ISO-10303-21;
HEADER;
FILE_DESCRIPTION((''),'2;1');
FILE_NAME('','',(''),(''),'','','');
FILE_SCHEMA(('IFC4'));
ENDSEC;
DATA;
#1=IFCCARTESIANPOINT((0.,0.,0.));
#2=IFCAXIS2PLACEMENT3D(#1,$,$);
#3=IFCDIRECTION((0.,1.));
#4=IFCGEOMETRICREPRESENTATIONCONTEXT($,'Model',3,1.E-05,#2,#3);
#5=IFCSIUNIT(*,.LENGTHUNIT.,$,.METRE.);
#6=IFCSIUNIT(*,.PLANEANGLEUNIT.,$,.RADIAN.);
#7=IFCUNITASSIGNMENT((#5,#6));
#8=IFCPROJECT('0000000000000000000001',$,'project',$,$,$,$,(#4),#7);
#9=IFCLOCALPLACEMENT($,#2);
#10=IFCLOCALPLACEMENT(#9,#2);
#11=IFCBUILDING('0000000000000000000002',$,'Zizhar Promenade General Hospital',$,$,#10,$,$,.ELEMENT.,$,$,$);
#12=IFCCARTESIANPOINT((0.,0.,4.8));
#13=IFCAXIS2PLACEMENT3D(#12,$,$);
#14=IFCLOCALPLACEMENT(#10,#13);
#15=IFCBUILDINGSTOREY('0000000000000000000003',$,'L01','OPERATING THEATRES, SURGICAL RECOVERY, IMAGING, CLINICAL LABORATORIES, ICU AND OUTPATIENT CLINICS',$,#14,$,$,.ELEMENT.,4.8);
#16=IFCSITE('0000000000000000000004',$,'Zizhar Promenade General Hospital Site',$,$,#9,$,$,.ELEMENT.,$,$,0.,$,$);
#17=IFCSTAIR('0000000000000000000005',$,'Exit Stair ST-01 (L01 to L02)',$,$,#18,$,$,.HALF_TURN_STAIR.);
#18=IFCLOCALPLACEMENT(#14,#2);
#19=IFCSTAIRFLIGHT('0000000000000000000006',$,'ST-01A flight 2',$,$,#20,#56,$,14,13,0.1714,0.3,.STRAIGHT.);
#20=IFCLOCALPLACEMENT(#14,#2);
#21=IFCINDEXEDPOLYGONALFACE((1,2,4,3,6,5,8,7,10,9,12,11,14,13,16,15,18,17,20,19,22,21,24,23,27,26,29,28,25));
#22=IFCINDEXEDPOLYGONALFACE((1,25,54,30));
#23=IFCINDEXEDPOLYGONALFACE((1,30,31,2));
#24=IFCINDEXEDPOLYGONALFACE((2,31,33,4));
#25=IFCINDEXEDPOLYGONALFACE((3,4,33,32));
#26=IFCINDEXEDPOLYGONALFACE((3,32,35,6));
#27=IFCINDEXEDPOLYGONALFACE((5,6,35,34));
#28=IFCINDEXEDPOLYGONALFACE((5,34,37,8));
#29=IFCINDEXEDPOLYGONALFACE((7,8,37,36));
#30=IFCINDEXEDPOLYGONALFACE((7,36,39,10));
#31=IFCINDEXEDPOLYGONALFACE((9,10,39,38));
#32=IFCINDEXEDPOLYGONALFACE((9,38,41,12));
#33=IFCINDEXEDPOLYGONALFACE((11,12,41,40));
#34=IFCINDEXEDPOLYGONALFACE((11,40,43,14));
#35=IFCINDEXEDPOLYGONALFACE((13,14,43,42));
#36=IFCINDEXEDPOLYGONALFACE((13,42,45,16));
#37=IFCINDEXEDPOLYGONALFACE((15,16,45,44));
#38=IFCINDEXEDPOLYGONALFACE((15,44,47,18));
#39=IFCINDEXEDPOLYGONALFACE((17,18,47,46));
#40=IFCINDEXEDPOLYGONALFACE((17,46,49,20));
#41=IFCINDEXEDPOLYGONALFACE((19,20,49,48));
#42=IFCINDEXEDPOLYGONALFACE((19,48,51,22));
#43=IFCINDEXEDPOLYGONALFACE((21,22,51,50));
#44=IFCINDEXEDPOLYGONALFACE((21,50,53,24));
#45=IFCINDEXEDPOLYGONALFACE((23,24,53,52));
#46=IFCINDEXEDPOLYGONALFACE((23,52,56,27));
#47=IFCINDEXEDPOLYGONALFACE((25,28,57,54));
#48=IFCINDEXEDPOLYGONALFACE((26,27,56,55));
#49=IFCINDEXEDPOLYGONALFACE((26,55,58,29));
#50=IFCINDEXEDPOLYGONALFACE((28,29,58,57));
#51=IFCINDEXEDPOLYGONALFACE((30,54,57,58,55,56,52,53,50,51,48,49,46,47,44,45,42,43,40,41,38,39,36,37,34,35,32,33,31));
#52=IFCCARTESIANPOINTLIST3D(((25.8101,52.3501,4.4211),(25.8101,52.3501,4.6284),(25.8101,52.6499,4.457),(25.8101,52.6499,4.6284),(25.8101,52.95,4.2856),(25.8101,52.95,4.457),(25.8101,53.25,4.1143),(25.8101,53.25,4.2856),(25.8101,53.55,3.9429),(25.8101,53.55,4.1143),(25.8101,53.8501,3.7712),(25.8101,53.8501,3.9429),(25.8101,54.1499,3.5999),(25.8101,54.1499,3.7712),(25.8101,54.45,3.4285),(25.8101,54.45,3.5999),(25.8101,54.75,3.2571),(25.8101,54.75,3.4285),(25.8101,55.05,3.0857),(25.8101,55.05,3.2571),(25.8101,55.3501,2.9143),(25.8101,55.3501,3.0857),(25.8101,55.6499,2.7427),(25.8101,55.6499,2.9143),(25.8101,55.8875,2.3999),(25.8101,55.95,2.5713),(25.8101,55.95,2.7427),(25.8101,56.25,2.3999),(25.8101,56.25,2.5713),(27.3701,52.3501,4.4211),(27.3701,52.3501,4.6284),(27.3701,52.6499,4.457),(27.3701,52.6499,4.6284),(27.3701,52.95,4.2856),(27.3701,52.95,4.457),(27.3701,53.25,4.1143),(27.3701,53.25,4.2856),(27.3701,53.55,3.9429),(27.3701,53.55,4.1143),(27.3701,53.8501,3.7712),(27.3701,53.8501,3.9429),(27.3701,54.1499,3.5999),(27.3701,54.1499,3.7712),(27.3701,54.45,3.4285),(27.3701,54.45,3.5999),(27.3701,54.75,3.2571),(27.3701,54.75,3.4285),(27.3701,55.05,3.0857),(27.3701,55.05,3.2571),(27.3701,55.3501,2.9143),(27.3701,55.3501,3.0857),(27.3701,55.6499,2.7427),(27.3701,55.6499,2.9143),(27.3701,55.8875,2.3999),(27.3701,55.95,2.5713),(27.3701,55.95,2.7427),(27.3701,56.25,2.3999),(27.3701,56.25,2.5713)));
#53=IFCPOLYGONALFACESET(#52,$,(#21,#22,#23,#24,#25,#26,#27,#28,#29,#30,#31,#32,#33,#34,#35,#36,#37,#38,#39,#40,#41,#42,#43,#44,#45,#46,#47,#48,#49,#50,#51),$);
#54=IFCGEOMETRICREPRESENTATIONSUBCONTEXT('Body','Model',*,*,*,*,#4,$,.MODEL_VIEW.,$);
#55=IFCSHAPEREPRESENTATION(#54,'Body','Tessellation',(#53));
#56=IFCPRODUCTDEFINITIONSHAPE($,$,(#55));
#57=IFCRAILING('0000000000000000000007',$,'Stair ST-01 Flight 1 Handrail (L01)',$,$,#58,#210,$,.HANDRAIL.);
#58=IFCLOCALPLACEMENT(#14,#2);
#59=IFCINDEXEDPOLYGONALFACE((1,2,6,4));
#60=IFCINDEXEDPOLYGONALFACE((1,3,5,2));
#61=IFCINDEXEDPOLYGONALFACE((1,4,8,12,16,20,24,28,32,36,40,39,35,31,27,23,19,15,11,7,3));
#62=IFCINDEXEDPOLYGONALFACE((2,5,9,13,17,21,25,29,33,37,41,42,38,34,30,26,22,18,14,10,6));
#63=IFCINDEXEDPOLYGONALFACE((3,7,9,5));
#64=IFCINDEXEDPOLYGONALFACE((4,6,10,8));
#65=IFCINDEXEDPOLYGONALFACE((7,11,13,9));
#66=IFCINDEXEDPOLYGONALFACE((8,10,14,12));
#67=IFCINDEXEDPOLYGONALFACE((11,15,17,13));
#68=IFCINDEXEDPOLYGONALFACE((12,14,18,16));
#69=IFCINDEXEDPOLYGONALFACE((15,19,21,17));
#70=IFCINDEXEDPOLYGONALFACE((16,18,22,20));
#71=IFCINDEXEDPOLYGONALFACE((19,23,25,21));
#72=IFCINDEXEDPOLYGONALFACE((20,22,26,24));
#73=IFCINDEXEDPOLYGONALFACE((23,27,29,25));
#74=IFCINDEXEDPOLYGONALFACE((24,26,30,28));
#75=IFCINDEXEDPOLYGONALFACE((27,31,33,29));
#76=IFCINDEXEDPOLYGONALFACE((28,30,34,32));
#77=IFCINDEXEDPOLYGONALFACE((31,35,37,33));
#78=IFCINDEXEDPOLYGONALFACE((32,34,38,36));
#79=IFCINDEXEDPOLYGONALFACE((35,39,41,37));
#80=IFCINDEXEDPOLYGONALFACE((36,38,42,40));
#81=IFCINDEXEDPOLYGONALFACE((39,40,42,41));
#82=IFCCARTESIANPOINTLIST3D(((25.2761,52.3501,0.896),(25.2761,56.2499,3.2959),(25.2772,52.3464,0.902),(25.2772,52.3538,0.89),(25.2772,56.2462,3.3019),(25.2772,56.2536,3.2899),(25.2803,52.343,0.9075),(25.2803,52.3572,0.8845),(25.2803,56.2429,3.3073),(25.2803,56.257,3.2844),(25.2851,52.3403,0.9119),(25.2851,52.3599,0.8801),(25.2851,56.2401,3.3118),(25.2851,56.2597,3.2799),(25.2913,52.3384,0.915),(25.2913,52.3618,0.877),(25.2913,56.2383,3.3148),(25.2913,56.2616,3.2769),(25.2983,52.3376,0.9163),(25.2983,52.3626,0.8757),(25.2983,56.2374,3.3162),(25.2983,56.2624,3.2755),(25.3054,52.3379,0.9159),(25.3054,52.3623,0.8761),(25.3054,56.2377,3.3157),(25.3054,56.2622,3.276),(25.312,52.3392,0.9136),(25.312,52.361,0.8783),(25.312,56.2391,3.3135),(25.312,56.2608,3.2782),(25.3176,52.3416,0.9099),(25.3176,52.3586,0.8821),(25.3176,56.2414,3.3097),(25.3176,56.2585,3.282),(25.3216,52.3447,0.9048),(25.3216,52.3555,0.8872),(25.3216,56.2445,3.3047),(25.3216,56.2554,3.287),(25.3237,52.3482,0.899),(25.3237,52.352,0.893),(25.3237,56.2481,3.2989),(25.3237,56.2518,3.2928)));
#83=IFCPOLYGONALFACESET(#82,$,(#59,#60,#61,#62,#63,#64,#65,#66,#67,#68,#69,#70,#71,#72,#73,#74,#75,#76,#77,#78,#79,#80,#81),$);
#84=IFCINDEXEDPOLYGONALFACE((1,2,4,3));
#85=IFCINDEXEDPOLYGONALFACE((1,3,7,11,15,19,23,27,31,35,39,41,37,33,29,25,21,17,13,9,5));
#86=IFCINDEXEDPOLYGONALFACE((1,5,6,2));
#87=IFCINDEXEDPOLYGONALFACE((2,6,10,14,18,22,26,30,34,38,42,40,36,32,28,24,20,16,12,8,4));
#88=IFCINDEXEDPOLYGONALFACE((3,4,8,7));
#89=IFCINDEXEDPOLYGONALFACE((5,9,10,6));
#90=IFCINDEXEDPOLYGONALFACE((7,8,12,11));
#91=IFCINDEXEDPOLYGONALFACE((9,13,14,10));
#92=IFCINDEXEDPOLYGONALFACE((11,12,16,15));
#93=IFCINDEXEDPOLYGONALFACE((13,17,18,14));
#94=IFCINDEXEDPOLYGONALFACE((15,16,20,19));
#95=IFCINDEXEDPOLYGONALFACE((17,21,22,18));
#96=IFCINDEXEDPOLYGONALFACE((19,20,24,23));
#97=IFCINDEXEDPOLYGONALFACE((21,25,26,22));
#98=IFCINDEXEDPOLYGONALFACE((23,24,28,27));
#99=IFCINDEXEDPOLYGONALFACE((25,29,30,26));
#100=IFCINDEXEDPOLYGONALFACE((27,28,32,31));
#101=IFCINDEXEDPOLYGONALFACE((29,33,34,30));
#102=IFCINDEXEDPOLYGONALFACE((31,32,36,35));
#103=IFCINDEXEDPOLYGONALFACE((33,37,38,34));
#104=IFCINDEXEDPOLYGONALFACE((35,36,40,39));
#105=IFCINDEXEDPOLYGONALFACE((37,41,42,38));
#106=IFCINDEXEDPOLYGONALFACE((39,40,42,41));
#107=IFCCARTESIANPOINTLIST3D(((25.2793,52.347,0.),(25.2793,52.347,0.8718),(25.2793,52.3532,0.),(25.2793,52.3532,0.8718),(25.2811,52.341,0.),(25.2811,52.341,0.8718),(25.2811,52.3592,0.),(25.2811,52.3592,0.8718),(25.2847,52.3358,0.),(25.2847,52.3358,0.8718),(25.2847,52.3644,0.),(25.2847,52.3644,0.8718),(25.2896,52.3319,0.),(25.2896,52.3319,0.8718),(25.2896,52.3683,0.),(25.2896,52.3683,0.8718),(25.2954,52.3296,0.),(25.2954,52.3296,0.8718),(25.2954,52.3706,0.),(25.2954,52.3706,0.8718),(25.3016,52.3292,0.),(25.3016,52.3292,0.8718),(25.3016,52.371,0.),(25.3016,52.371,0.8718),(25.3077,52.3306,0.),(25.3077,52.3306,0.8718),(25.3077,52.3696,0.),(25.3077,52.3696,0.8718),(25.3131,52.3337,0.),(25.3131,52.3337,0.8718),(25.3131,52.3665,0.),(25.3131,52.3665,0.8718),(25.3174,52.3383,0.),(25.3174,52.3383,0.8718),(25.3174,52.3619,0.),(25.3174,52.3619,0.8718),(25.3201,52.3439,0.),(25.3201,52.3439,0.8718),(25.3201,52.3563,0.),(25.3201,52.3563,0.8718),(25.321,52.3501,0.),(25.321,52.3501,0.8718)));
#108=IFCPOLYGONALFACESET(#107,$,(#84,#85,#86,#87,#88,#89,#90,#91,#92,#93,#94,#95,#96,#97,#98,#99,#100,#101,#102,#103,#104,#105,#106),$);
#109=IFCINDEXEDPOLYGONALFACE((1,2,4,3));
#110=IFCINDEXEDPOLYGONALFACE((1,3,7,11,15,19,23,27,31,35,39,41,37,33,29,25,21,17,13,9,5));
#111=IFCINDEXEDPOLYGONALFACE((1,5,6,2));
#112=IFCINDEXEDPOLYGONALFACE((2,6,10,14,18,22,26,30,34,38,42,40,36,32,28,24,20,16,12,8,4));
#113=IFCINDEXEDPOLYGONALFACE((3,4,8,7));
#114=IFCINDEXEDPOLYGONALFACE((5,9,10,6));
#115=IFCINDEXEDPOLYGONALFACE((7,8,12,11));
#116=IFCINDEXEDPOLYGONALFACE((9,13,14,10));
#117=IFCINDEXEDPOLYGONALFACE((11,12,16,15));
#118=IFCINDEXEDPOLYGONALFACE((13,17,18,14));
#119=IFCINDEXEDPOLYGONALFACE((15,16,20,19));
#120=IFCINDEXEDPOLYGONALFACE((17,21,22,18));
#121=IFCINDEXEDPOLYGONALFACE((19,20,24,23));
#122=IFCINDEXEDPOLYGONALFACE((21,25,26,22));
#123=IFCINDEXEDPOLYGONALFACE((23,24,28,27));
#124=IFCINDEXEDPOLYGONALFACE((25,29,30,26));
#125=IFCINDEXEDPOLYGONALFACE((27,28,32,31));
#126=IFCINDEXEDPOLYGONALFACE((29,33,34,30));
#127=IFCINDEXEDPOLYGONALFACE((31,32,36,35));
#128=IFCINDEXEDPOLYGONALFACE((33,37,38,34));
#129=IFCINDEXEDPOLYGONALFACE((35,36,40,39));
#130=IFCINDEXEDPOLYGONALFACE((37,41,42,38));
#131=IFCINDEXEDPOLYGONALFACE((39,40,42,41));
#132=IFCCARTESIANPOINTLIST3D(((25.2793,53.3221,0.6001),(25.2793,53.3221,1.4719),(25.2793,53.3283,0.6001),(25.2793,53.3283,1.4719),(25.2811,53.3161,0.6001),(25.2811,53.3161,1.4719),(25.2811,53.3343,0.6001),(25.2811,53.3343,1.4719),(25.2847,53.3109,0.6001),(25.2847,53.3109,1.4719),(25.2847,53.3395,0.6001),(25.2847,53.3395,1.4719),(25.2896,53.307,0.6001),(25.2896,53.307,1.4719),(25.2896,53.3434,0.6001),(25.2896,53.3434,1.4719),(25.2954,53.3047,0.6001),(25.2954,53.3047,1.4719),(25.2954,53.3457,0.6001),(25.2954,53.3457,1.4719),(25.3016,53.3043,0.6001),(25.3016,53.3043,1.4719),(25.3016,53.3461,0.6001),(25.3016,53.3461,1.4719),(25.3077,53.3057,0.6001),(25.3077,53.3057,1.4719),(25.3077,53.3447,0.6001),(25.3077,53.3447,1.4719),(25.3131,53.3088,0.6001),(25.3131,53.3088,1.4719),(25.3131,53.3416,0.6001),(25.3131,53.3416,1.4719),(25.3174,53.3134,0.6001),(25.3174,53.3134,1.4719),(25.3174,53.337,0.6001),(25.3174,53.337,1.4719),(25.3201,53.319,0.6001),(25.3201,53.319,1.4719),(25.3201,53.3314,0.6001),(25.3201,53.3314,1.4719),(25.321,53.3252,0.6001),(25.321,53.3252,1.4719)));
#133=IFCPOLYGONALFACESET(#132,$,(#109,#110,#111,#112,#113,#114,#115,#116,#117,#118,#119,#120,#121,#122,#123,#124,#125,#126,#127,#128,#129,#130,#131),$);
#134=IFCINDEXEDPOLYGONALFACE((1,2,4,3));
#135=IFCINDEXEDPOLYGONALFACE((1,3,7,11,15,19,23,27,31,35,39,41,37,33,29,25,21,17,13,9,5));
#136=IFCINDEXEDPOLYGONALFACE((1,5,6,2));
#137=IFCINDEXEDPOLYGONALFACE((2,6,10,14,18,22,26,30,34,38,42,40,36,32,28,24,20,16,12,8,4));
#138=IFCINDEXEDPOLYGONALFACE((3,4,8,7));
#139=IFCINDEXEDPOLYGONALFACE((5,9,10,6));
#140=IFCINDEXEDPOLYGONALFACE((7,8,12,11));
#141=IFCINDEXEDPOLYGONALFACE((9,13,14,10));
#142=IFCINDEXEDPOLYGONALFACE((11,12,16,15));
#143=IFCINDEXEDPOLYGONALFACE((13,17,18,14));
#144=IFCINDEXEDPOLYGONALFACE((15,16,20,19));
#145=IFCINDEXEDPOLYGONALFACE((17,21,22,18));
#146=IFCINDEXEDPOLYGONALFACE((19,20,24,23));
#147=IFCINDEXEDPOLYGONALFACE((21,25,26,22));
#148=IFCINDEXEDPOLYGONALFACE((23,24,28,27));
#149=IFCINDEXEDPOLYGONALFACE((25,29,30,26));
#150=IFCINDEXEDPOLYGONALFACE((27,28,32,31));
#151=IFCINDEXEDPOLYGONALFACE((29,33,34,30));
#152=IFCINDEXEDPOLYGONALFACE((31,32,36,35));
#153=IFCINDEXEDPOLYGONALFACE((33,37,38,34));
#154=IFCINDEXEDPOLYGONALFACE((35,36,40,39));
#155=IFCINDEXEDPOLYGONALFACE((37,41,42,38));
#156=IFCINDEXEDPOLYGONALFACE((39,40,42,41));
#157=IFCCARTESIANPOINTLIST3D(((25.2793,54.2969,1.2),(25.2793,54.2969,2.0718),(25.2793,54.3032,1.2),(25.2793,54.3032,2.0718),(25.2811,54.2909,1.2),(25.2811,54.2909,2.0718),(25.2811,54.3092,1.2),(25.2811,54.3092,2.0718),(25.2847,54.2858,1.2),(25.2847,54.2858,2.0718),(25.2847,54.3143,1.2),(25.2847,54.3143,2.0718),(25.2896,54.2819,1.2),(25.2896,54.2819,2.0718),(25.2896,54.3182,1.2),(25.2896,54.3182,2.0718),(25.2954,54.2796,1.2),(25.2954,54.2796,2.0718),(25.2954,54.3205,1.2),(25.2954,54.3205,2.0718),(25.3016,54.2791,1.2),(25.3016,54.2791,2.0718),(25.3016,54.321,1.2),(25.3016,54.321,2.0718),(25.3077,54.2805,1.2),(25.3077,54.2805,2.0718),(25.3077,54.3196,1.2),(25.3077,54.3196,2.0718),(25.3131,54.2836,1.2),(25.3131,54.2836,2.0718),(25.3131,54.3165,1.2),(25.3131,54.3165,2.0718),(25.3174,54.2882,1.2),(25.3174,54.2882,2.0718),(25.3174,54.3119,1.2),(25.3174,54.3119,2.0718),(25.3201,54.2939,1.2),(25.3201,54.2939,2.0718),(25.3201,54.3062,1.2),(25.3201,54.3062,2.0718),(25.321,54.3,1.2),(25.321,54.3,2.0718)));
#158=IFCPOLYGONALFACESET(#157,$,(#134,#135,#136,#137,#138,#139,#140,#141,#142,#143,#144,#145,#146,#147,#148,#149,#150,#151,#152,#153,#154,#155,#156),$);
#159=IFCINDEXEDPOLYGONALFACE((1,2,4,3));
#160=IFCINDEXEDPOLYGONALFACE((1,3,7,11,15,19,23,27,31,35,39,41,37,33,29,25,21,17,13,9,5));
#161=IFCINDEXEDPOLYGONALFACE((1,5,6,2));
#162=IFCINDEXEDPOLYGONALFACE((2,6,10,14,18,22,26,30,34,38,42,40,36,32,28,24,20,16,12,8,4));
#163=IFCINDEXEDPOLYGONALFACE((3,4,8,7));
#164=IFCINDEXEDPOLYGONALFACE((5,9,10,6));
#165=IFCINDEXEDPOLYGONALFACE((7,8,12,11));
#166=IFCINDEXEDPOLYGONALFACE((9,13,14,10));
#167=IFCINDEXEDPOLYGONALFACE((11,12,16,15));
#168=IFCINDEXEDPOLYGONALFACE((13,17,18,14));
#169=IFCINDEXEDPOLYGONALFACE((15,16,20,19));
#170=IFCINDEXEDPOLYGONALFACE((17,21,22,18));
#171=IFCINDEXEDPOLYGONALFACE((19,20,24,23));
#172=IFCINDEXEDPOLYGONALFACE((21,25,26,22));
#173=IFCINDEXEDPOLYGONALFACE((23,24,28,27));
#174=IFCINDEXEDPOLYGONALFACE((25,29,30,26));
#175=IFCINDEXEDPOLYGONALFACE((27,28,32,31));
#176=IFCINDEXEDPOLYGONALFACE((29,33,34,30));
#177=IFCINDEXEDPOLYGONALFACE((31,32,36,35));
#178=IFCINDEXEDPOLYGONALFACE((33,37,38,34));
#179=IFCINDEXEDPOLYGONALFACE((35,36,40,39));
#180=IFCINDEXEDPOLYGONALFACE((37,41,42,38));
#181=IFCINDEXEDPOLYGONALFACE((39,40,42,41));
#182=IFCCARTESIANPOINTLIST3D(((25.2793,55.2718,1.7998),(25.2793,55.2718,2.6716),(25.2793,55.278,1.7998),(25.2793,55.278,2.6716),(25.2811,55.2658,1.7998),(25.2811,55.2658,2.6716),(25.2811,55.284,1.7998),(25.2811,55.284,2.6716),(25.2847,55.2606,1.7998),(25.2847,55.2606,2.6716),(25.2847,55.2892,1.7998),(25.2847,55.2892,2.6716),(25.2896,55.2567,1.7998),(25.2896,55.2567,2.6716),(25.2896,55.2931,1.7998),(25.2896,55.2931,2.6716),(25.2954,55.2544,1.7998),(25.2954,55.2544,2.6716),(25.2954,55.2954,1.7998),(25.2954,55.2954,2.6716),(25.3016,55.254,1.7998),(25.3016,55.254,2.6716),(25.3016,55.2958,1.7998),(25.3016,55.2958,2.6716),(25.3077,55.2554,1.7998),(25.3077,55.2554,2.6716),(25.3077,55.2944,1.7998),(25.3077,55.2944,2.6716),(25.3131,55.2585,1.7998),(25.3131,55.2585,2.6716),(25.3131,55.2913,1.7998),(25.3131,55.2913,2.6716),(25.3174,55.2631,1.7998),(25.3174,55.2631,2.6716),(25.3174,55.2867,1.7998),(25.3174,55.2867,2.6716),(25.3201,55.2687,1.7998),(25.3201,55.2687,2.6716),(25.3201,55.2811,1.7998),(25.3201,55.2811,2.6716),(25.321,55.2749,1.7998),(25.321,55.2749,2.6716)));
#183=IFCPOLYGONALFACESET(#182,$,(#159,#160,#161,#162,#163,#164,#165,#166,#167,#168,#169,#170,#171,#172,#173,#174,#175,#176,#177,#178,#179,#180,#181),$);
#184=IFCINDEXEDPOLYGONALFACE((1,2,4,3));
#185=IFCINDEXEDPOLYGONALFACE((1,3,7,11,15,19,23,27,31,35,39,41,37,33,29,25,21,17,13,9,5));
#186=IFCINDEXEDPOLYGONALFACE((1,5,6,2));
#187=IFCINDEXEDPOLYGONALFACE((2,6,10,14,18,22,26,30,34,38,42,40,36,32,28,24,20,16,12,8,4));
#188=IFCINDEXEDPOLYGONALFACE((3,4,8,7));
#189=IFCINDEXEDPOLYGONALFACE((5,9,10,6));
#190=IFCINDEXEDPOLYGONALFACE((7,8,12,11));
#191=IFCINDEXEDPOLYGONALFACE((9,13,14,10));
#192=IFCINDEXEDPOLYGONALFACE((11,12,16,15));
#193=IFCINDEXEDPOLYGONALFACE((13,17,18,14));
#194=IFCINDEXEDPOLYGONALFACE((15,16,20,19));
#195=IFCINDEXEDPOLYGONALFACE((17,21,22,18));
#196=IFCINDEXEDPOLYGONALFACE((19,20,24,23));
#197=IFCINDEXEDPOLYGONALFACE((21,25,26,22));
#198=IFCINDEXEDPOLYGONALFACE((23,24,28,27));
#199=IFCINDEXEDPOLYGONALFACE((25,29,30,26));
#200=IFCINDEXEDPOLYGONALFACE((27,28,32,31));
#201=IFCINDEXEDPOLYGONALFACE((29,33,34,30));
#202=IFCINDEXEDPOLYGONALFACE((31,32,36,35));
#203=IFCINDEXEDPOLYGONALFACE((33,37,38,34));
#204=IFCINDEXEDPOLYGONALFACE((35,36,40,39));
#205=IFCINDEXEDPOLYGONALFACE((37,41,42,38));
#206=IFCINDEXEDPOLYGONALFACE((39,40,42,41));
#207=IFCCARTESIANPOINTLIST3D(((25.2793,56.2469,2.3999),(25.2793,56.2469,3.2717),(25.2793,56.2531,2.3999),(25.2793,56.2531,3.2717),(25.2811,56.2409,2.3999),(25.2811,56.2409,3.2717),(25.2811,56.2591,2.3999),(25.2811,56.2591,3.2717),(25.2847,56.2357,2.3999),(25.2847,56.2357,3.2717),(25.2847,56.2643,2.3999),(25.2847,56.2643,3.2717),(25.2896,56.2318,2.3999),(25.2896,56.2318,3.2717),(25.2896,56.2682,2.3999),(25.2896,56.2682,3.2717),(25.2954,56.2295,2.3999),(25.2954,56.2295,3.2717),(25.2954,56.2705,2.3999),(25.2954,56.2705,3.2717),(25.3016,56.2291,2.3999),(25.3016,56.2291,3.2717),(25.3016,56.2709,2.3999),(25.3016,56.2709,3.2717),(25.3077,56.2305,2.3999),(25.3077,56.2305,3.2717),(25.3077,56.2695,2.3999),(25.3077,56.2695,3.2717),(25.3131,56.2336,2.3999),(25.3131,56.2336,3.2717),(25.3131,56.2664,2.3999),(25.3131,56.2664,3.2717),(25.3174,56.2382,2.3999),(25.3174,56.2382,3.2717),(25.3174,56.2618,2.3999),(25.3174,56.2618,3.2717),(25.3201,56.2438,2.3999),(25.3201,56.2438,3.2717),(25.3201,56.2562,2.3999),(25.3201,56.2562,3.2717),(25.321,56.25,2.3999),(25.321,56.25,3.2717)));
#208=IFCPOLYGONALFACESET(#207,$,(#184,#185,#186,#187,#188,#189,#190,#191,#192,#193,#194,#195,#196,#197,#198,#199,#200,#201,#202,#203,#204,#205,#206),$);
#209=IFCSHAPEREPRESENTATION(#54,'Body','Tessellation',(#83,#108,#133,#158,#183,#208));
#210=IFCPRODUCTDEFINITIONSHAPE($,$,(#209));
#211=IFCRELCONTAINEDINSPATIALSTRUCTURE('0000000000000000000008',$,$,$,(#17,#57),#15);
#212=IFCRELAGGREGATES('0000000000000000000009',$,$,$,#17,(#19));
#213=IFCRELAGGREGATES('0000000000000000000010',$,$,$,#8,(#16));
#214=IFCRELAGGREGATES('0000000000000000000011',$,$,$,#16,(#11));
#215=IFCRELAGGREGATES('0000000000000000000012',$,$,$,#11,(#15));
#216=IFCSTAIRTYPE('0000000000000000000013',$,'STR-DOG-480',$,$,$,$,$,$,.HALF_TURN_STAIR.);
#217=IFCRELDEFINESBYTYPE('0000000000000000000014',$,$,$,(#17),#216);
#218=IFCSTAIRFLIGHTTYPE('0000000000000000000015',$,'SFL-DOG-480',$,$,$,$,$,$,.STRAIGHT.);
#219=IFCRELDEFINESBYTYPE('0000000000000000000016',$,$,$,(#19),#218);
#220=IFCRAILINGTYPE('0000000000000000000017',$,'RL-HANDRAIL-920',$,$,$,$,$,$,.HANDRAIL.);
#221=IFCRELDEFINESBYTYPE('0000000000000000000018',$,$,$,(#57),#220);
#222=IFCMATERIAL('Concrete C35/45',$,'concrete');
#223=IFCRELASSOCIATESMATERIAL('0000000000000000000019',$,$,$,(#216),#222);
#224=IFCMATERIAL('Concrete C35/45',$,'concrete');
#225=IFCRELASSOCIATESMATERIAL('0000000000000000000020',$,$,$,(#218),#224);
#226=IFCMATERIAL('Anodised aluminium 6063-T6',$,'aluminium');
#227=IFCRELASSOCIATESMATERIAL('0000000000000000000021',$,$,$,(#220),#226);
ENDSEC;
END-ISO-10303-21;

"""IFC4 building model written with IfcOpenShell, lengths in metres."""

from ifc_helpers import new_model, si_unit, direction, frame, origin, origin_2d, place, context, subcontext, project, spatial, polyline, circle, hollow_circle, outline, extrude, material, material_profile, profile_set, type_object, element, aggregate, save


model = new_model("IFC4")

# Units and contexts
model_context = context("Model", 3, precision=1e-05, world=origin(), true_north=direction((0.0, 1.0)))
body_context = subcontext(model_context, "Body", "Model", "MODEL_VIEW")
ifc_project = project(units=[si_unit("LENGTHUNIT", "METRE"), si_unit("PLANEANGLEUNIT", "RADIAN")], contexts=[model_context])

# Site, building, storey
site_placement = place(None, origin())
site = spatial("IfcSite", under=ifc_project, at=site_placement, Name="Zizhar Promenade General Hospital Site", CompositionType="ELEMENT", RefElevation=0.0)
building_placement = place(site_placement, origin())
building = spatial("IfcBuilding", under=site, at=building_placement, Name="Zizhar Promenade General Hospital", CompositionType="ELEMENT")
storey_placement = place(building_placement, frame((0.0, 0.0, 4.8)))
storey = spatial("IfcBuildingStorey", under=building, at=storey_placement, Name="L01", Description="OPERATING THEATRES, SURGICAL RECOVERY, IMAGING, CLINICAL LABORATORIES, ICU AND OUTPATIENT CLINICS", CompositionType="ELEMENT", Elevation=4.8)

# Stair, stair flight
ifc_material_1 = material(Name="Concrete C35/45", Category="concrete")
stair_type = type_object("IfcStairType", Name="STR-DOG-480", PredefinedType="HALF_TURN_STAIR", material=ifc_material_1)
stair_placement = place(storey_placement, origin())
stair = element("IfcStair", 1, at=stair_placement, inside=storey, type_object=stair_type, Name="Exit Stair ST-01 (L01 to L02)", PredefinedType="HALF_TURN_STAIR")
ifc_material_2 = material(Name="Concrete C35/45", Category="concrete")
stair_flight_type = type_object("IfcStairFlightType", Name="SFL-DOG-480", PredefinedType="STRAIGHT", material=ifc_material_2)
stair_flight_1_placement = place(storey_placement, frame((26.5901, 56.25, 2.3999), z_axis=(0.0, 0.0, 1.0), x_axis=(0.0, -1.0, 0.0)))
stair_flight_1 = element("IfcStairFlight", 2, at=stair_flight_1_placement, type_object=stair_flight_type, Name="ST-01A flight 2", NumberOfRisers=14, NumberOfTreads=13, PredefinedType="STRAIGHT", RiserHeight=0.1714, TreadLength=0.3, context=body_context, shape_type="SweptSolid", body=[
    extrude(outline(polyline([(0.0, 0.0), (0.0, 0.1714), (0.3, 0.1714), (0.3, 0.3428), (0.6001, 0.3428), (0.6001, 0.5144), (0.8999, 0.5144), (0.8999, 0.6858), (1.2, 0.6858), (1.2, 0.8572), (1.5, 0.8572), (1.5, 1.0286), (1.8, 1.0286), (1.8, 1.2), (2.1001, 1.2), (2.1001, 1.3713), (2.3999, 1.3713), (2.3999, 1.543), (2.7, 1.543), (2.7, 1.7144), (3.0, 1.7144), (3.0, 1.8857), (3.3, 1.8857), (3.3, 2.0571), (3.6001, 2.0571), (3.6001, 2.2285), (3.8999, 2.2285), (3.8999, 2.3999), (3.8999, 2.0212), (0.3625, 0.0), (0.0, 0.0)])), frame((0.0, 0.78, 0.0), z_axis=(0.0, -1.0, 0.0), x_axis=(1.0, 0.0, 0.0)), (0.0, 0.0, 1.0), 1.5601),
])
aggregate(stair, [stair_flight_1])

# Railing
ifc_material_3 = material(Name="Anodised aluminium 6063-T6", Category="aluminium")
ifc_material_profile_1 = material_profile(ifc_material_3, hollow_circle(Radius=0.0698, WallThickness=0.0063, at=origin_2d()))
ifc_profile_set_1 = profile_set([ifc_material_profile_1], Name="Anodised aluminium 6063-T6")
railing_type_1 = type_object("IfcRailingType", Name="RL-HANDRAIL-920", PredefinedType="HANDRAIL", material=ifc_profile_set_1)
railing_1_placement = place(storey_placement, frame((25.3, 52.3501, 0.0)))
element("IfcRailing", 3, at=railing_1_placement, inside=storey, type_object=railing_type_1, Name="Stair ST-01 Flight 1 Handrail (L01)", PredefinedType="HANDRAIL", context=body_context, shape_type="SweptSolid", body=[
    extrude(circle(Radius=0.0239, at=origin_2d()), frame((0.0, 0.0, 0.896), z_axis=(0.0, 0.851662, 0.524091), x_axis=(-1.0, 0.0, 0.0)), (0.0, 0.0, 1.0), 4.5791),
    extrude(circle(Radius=0.021, at=origin_2d()), origin(), (0.0, 0.0, 1.0), 0.8718),
    extrude(circle(Radius=0.021, at=origin_2d()), frame((0.0, 0.9751, 0.6001)), (0.0, 0.0, 1.0), 0.8718),
    extrude(circle(Radius=0.021, at=origin_2d()), frame((0.0, 1.95, 1.2)), (0.0, 0.0, 1.0), 0.8718),
    extrude(circle(Radius=0.021, at=origin_2d()), frame((0.0, 2.9248, 1.7998)), (0.0, 0.0, 1.0), 0.8718),
    extrude(circle(Radius=0.021, at=origin_2d()), frame((0.0, 3.8999, 2.3999)), (0.0, 0.0, 1.0), 0.8718),
])

save(model, "model.ifc")
